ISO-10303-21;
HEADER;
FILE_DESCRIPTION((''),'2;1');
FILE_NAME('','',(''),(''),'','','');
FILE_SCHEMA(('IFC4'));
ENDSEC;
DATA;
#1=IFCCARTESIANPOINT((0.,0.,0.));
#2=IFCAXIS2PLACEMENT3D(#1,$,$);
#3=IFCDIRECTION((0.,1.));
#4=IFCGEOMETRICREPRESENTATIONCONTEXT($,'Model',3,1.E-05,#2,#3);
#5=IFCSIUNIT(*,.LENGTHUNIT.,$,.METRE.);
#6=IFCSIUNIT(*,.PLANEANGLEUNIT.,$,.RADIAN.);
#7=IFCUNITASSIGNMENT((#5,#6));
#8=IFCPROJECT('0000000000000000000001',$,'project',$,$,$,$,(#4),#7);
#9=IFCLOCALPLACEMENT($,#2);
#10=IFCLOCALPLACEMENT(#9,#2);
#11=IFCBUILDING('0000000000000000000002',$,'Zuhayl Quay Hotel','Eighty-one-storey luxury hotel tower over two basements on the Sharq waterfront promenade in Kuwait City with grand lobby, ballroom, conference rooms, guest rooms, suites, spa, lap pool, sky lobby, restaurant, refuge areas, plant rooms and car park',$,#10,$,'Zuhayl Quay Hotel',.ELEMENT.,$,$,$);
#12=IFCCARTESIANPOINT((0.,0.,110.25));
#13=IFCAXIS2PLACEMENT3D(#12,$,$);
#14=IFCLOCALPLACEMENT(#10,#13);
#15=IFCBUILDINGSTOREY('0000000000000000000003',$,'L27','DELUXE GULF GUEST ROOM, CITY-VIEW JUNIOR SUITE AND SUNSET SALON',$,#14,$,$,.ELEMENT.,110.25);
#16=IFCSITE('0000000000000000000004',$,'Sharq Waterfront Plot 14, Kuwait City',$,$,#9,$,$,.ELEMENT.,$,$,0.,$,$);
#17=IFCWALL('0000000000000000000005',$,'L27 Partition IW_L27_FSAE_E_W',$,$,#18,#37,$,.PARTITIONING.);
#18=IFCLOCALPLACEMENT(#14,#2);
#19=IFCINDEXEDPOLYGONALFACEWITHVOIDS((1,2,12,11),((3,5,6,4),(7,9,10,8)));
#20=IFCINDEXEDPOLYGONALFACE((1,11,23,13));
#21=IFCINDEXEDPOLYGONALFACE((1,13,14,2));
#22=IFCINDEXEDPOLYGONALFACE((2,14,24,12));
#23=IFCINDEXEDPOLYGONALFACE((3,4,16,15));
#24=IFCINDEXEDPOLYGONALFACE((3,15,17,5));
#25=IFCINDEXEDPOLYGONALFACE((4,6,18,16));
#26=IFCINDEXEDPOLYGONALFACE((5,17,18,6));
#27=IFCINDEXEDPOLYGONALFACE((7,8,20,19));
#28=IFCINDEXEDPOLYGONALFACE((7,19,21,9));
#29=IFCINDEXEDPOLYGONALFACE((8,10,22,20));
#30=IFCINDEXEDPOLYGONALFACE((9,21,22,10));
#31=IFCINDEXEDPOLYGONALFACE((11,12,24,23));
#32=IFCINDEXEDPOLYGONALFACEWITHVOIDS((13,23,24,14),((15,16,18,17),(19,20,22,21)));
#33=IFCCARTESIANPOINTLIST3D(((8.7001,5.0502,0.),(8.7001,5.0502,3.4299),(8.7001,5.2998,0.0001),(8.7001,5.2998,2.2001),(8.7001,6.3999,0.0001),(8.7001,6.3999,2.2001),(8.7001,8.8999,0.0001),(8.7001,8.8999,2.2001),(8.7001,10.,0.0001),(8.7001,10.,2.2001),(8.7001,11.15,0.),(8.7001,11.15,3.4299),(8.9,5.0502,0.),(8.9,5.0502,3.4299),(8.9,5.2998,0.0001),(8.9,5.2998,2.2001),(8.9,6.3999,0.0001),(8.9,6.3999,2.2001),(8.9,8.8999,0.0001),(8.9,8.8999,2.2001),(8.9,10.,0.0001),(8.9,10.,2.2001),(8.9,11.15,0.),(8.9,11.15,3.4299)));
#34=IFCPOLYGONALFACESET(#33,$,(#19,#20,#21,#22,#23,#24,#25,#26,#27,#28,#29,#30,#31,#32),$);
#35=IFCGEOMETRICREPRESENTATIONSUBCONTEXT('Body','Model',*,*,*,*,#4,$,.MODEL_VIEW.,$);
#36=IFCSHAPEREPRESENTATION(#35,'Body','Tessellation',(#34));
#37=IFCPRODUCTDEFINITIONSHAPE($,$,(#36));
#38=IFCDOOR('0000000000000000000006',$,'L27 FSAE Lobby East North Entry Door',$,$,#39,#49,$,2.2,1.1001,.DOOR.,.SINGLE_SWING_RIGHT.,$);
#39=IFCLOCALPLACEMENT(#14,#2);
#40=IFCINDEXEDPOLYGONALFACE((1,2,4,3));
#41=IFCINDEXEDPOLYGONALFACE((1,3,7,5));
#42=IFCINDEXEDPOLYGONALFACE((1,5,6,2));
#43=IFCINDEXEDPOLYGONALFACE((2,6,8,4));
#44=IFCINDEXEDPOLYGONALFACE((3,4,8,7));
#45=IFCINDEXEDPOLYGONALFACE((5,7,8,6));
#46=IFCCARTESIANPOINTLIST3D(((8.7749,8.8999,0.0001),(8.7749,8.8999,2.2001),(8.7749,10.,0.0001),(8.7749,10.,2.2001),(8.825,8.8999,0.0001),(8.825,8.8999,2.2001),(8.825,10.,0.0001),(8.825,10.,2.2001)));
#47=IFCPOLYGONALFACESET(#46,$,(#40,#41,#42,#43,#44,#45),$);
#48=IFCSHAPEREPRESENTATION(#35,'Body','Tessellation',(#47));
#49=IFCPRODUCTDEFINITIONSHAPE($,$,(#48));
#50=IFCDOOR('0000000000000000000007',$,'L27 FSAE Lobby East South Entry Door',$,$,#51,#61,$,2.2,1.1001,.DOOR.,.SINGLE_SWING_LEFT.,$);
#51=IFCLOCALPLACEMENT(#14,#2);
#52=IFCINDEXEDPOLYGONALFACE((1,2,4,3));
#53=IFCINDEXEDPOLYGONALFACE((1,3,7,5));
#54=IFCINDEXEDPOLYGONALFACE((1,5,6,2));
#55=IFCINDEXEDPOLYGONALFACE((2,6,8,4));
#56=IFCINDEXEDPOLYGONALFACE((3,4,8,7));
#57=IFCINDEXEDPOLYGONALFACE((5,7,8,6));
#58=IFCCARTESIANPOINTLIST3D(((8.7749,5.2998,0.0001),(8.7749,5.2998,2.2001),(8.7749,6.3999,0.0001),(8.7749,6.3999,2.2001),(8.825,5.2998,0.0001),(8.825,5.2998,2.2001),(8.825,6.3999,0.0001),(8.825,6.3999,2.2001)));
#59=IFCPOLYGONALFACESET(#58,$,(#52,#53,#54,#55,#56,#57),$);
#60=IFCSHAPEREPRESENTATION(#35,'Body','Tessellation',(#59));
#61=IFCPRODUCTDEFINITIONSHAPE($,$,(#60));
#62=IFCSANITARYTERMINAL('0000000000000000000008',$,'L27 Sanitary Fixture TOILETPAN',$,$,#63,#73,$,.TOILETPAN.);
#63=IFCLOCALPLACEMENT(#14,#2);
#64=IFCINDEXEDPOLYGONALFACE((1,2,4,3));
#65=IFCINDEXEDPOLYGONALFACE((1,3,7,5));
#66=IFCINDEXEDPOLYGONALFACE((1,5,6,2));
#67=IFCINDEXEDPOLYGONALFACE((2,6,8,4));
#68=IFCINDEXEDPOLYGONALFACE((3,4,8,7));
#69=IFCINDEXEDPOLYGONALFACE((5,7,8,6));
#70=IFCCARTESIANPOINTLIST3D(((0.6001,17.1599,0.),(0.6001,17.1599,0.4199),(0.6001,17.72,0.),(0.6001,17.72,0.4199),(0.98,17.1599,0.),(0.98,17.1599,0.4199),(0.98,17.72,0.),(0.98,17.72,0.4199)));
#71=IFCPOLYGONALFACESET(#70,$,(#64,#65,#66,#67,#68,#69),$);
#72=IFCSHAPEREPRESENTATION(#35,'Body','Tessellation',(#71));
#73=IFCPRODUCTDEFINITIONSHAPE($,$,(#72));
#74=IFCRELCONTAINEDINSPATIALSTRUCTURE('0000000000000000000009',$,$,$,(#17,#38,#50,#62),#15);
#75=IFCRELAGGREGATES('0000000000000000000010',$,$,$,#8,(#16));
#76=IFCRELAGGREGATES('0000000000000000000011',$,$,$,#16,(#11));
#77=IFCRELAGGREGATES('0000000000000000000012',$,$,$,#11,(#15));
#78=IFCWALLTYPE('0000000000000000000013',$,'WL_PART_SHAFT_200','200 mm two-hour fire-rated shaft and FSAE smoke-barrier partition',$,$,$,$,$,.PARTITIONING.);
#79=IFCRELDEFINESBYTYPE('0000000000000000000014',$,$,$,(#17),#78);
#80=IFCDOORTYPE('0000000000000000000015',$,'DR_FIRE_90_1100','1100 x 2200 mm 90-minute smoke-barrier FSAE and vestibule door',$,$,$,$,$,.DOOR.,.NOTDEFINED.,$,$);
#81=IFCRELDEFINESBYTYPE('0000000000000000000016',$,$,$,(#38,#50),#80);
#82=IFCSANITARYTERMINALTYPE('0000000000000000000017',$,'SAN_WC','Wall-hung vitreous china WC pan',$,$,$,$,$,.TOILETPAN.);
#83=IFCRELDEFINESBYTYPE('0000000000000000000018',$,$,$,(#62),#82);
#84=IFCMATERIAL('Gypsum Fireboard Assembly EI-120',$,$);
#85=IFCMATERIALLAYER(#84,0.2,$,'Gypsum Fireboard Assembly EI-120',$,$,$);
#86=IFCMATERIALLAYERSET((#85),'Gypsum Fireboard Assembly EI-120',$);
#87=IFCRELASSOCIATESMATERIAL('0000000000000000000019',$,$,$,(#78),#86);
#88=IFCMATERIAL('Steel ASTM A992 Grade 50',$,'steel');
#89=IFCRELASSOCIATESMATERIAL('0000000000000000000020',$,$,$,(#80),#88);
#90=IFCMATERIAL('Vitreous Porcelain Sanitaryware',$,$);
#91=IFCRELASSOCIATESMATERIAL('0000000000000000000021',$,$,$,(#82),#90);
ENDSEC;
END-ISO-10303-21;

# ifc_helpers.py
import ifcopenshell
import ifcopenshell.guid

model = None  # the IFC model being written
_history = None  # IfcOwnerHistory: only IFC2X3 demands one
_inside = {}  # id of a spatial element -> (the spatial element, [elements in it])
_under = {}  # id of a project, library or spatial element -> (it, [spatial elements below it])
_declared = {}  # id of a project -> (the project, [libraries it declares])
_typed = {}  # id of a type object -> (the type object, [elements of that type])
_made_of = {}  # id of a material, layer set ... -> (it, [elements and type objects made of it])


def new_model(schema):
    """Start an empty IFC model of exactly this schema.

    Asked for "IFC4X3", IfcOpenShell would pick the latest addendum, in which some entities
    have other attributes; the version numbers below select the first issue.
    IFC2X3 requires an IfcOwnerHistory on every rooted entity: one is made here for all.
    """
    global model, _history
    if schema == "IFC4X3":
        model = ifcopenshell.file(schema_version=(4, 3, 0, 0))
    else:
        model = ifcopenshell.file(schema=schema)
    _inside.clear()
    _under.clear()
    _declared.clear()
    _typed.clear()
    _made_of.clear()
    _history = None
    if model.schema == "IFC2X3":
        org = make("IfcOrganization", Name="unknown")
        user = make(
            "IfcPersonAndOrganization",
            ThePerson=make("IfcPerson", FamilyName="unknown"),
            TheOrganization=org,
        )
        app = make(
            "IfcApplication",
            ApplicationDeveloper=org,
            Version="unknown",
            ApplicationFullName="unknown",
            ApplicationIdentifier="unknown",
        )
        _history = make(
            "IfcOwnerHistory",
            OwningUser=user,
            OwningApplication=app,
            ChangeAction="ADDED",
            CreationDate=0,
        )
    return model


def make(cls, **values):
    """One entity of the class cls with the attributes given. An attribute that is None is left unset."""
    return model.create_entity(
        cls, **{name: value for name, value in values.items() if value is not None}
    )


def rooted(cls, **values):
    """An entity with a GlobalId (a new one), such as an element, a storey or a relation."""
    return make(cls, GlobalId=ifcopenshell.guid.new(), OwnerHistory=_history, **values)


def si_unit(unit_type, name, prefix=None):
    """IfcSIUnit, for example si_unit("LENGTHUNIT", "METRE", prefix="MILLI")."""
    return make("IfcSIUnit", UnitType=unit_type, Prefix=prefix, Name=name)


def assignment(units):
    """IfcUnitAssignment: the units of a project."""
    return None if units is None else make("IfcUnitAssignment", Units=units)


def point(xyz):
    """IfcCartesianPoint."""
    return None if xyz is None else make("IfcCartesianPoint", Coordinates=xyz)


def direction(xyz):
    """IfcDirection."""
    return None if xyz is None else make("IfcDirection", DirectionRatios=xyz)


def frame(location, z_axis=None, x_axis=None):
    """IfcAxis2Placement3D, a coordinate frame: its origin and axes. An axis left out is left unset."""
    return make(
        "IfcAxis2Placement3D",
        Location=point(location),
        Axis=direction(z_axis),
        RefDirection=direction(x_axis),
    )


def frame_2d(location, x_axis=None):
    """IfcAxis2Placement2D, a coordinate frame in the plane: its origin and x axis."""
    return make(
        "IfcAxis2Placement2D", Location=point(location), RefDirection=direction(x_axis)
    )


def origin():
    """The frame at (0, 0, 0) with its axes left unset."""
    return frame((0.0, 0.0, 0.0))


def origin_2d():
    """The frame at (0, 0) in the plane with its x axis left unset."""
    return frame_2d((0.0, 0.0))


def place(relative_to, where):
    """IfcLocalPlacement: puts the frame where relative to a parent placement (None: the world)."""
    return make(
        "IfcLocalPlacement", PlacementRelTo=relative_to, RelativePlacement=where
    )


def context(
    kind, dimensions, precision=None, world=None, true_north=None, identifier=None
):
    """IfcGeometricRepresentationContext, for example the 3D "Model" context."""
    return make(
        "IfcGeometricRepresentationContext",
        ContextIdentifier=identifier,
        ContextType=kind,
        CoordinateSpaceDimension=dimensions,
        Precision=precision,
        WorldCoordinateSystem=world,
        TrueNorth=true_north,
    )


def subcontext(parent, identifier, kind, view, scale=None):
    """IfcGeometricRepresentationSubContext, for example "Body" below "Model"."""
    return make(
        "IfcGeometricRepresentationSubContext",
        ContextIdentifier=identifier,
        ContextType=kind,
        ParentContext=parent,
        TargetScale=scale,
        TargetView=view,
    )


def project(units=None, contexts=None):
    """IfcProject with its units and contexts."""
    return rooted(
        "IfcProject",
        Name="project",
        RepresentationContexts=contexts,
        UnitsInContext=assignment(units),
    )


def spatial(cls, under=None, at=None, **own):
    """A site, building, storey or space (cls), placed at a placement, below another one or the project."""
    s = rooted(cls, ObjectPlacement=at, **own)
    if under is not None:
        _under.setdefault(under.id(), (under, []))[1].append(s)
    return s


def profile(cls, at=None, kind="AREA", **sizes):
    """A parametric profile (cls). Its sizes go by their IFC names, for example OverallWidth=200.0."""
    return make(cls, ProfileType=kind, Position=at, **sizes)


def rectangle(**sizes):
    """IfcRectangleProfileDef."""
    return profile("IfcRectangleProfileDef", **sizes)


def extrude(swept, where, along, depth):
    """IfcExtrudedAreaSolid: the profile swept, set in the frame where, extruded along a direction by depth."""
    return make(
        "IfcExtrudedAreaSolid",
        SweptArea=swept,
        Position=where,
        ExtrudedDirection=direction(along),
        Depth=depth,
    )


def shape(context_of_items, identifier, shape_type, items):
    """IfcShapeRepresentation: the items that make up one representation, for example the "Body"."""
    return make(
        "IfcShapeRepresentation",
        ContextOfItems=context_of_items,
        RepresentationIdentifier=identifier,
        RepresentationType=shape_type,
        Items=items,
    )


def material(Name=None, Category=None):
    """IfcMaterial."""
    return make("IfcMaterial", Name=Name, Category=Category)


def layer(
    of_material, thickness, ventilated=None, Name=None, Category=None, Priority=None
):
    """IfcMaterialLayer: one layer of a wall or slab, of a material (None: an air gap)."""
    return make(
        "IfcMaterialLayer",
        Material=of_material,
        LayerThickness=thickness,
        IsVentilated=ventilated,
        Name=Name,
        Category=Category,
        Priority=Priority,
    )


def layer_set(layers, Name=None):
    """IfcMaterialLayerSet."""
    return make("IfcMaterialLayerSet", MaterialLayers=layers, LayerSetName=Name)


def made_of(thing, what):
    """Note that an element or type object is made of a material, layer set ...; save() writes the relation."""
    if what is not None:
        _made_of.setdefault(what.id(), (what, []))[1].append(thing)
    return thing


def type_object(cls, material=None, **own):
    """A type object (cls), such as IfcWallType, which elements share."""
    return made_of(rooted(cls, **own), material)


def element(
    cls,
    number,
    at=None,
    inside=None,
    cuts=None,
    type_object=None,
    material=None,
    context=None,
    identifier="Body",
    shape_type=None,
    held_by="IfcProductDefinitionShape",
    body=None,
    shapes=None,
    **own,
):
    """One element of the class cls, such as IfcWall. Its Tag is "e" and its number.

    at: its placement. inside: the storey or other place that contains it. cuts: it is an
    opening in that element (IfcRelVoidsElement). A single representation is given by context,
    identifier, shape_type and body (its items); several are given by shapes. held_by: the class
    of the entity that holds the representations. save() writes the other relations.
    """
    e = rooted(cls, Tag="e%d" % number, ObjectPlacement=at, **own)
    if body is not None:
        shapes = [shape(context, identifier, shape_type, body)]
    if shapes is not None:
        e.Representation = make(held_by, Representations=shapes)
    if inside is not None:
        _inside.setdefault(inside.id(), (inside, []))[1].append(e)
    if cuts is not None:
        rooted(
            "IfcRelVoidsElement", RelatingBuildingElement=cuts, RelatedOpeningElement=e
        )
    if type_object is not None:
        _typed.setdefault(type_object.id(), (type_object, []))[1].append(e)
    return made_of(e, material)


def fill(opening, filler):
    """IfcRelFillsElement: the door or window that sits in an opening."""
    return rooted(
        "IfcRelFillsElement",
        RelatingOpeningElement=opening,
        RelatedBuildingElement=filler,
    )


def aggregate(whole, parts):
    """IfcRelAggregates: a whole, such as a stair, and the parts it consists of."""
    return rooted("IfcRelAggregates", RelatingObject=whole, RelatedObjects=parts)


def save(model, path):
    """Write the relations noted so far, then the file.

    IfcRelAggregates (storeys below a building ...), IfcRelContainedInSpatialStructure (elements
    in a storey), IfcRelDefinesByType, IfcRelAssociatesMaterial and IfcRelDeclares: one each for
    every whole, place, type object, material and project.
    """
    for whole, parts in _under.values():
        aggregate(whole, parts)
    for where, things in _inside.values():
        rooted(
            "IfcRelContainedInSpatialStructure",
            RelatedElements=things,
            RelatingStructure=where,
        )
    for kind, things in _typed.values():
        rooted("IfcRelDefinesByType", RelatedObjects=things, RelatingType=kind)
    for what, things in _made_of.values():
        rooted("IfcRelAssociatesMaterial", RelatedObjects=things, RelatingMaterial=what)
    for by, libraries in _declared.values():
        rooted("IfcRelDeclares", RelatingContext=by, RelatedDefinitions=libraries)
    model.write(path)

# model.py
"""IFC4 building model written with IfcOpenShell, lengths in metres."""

from ifc_helpers import new_model, si_unit, direction, frame, frame_2d, origin, origin_2d, place, context, subcontext, project, spatial, rectangle, extrude, material, layer, layer_set, type_object, element, fill, save


model = new_model("IFC4")

# Units and contexts
model_context = context("Model", 3, precision=1e-05, world=origin(), true_north=direction((0.0, 1.0)))
body_context = subcontext(model_context, "Body", "Model", "MODEL_VIEW")
ifc_project = project(units=[si_unit("LENGTHUNIT", "METRE"), si_unit("PLANEANGLEUNIT", "RADIAN")], contexts=[model_context])

# Site, building, storey
site_placement = place(None, origin())
site = spatial("IfcSite", under=ifc_project, at=site_placement, Name="Sharq Waterfront Plot 14, Kuwait City", CompositionType="ELEMENT", RefElevation=0.0)
building_placement = place(site_placement, origin())
building = spatial("IfcBuilding", under=site, at=building_placement, Name="Zuhayl Quay Hotel", Description="Eighty-one-storey luxury hotel tower over two basements on the Sharq waterfront promenade in Kuwait City with grand lobby, ballroom, conference rooms, guest rooms, suites, spa, lap pool, sky lobby, restaurant, refuge areas, plant rooms and car park", LongName="Zuhayl Quay Hotel", CompositionType="ELEMENT")
storey_placement = place(building_placement, frame((0.0, 0.0, 110.25)))
storey = spatial("IfcBuildingStorey", under=building, at=storey_placement, Name="L27", Description="DELUXE GULF GUEST ROOM, CITY-VIEW JUNIOR SUITE AND SUNSET SALON", CompositionType="ELEMENT", Elevation=110.25)

# Shared definitions
ifc_material_1 = material(Name="Steel ASTM A992 Grade 50", Category="steel")

# Wall, openings, doors
ifc_material_2 = material(Name="Gypsum Fireboard Assembly EI-120")
ifc_layer_1 = layer(ifc_material_2, 0.2, Name="Gypsum Fireboard Assembly EI-120")
ifc_layer_set_1 = layer_set([ifc_layer_1], Name="Gypsum Fireboard Assembly EI-120")
wall_type_1 = type_object("IfcWallType", Name="WL_PART_SHAFT_200", Description="200 mm two-hour fire-rated shaft and FSAE smoke-barrier partition", PredefinedType="PARTITIONING", material=ifc_layer_set_1)
wall_1_placement = place(storey_placement, frame((8.8, 11.1499, 0.0), z_axis=(0.0, 0.0, 1.0), x_axis=(0.0, -1.0, 0.0)))
wall_1 = element("IfcWall", 1, at=wall_1_placement, inside=storey, type_object=wall_type_1, Name="L27 Partition IW_L27_FSAE_E_W", PredefinedType="PARTITIONING", context=body_context, shape_type="SweptSolid", body=[
    extrude(rectangle(XDim=6.0999, YDim=0.2, at=frame_2d((3.0498, 0.0))), origin(), (0.0, 0.0, 1.0), 3.4299),
])
opening_1_placement = place(wall_1_placement, frame((1.1499, 0.0, 0.0)))
opening_1 = element("IfcOpeningElement", 2, at=opening_1_placement, cuts=wall_1, PredefinedType="OPENING", context=body_context, shape_type="SweptSolid", body=[
    extrude(rectangle(XDim=1.1001, YDim=2.2, at=frame_2d((0.55, 1.1001))), frame((0.0, 0.1099, 0.0), z_axis=(0.0, -1.0, 0.0), x_axis=(1.0, 0.0, 0.0)), (0.0, 0.0, 1.0), 0.22),
])
opening_2_placement = place(wall_1_placement, frame((4.75, 0.0, 0.0)))
opening_2 = element("IfcOpeningElement", 3, at=opening_2_placement, cuts=wall_1, PredefinedType="OPENING", context=body_context, shape_type="SweptSolid", body=[
    extrude(rectangle(XDim=1.1001, YDim=2.2, at=frame_2d((0.55, 1.1001))), frame((0.0, 0.1099, 0.0), z_axis=(0.0, -1.0, 0.0), x_axis=(1.0, 0.0, 0.0)), (0.0, 0.0, 1.0), 0.22),
])
door_type_1 = type_object("IfcDoorType", Name="DR_FIRE_90_1100", Description="1100 x 2200 mm 90-minute smoke-barrier FSAE and vestibule door", OperationType="NOTDEFINED", PredefinedType="DOOR", material=ifc_material_1)
door_1_placement = place(opening_1_placement, origin())
door_1 = element("IfcDoor", 4, at=door_1_placement, inside=storey, type_object=door_type_1, Name="L27 FSAE Lobby East North Entry Door", OperationType="SINGLE_SWING_RIGHT", OverallHeight=2.2, OverallWidth=1.1001, PredefinedType="DOOR", context=body_context, shape_type="SweptSolid", body=[
    extrude(rectangle(XDim=1.1001, YDim=2.2, at=frame_2d((0.55, 1.1001))), frame((0.0, 0.0249, 0.0), z_axis=(0.0, -1.0, 0.0), x_axis=(1.0, 0.0, 0.0)), (0.0, 0.0, 1.0), 0.05),
])
fill(opening_1, door_1)
door_2_placement = place(opening_2_placement, origin())
door_2 = element("IfcDoor", 5, at=door_2_placement, inside=storey, type_object=door_type_1, Name="L27 FSAE Lobby East South Entry Door", OperationType="SINGLE_SWING_LEFT", OverallHeight=2.2, OverallWidth=1.1001, PredefinedType="DOOR", context=body_context, shape_type="SweptSolid", body=[
    extrude(rectangle(XDim=1.1001, YDim=2.2, at=frame_2d((0.55, 1.1001))), frame((0.0, 0.0249, 0.0), z_axis=(0.0, -1.0, 0.0), x_axis=(1.0, 0.0, 0.0)), (0.0, 0.0, 1.0), 0.05),
])
fill(opening_2, door_2)

# Sanitary terminal
ifc_material_3 = material(Name="Vitreous Porcelain Sanitaryware")
sanitary_terminal_type = type_object("IfcSanitaryTerminalType", Name="SAN_WC", Description="Wall-hung vitreous china WC pan", PredefinedType="TOILETPAN", material=ifc_material_3)
sanitary_terminal_placement = place(storey_placement, frame((0.79, 17.4399, 0.0), z_axis=(0.0, 0.0, 1.0), x_axis=(1.0, 0.0, 0.0)))
element("IfcSanitaryTerminal", 6, at=sanitary_terminal_placement, inside=storey, type_object=sanitary_terminal_type, Name="L27 Sanitary Fixture TOILETPAN", PredefinedType="TOILETPAN", context=body_context, shape_type="SweptSolid", body=[
    extrude(rectangle(XDim=0.3799, YDim=0.5601, at=origin_2d()), origin(), (0.0, 0.0, 1.0), 0.4199),
])

save(model, "model.ifc")
